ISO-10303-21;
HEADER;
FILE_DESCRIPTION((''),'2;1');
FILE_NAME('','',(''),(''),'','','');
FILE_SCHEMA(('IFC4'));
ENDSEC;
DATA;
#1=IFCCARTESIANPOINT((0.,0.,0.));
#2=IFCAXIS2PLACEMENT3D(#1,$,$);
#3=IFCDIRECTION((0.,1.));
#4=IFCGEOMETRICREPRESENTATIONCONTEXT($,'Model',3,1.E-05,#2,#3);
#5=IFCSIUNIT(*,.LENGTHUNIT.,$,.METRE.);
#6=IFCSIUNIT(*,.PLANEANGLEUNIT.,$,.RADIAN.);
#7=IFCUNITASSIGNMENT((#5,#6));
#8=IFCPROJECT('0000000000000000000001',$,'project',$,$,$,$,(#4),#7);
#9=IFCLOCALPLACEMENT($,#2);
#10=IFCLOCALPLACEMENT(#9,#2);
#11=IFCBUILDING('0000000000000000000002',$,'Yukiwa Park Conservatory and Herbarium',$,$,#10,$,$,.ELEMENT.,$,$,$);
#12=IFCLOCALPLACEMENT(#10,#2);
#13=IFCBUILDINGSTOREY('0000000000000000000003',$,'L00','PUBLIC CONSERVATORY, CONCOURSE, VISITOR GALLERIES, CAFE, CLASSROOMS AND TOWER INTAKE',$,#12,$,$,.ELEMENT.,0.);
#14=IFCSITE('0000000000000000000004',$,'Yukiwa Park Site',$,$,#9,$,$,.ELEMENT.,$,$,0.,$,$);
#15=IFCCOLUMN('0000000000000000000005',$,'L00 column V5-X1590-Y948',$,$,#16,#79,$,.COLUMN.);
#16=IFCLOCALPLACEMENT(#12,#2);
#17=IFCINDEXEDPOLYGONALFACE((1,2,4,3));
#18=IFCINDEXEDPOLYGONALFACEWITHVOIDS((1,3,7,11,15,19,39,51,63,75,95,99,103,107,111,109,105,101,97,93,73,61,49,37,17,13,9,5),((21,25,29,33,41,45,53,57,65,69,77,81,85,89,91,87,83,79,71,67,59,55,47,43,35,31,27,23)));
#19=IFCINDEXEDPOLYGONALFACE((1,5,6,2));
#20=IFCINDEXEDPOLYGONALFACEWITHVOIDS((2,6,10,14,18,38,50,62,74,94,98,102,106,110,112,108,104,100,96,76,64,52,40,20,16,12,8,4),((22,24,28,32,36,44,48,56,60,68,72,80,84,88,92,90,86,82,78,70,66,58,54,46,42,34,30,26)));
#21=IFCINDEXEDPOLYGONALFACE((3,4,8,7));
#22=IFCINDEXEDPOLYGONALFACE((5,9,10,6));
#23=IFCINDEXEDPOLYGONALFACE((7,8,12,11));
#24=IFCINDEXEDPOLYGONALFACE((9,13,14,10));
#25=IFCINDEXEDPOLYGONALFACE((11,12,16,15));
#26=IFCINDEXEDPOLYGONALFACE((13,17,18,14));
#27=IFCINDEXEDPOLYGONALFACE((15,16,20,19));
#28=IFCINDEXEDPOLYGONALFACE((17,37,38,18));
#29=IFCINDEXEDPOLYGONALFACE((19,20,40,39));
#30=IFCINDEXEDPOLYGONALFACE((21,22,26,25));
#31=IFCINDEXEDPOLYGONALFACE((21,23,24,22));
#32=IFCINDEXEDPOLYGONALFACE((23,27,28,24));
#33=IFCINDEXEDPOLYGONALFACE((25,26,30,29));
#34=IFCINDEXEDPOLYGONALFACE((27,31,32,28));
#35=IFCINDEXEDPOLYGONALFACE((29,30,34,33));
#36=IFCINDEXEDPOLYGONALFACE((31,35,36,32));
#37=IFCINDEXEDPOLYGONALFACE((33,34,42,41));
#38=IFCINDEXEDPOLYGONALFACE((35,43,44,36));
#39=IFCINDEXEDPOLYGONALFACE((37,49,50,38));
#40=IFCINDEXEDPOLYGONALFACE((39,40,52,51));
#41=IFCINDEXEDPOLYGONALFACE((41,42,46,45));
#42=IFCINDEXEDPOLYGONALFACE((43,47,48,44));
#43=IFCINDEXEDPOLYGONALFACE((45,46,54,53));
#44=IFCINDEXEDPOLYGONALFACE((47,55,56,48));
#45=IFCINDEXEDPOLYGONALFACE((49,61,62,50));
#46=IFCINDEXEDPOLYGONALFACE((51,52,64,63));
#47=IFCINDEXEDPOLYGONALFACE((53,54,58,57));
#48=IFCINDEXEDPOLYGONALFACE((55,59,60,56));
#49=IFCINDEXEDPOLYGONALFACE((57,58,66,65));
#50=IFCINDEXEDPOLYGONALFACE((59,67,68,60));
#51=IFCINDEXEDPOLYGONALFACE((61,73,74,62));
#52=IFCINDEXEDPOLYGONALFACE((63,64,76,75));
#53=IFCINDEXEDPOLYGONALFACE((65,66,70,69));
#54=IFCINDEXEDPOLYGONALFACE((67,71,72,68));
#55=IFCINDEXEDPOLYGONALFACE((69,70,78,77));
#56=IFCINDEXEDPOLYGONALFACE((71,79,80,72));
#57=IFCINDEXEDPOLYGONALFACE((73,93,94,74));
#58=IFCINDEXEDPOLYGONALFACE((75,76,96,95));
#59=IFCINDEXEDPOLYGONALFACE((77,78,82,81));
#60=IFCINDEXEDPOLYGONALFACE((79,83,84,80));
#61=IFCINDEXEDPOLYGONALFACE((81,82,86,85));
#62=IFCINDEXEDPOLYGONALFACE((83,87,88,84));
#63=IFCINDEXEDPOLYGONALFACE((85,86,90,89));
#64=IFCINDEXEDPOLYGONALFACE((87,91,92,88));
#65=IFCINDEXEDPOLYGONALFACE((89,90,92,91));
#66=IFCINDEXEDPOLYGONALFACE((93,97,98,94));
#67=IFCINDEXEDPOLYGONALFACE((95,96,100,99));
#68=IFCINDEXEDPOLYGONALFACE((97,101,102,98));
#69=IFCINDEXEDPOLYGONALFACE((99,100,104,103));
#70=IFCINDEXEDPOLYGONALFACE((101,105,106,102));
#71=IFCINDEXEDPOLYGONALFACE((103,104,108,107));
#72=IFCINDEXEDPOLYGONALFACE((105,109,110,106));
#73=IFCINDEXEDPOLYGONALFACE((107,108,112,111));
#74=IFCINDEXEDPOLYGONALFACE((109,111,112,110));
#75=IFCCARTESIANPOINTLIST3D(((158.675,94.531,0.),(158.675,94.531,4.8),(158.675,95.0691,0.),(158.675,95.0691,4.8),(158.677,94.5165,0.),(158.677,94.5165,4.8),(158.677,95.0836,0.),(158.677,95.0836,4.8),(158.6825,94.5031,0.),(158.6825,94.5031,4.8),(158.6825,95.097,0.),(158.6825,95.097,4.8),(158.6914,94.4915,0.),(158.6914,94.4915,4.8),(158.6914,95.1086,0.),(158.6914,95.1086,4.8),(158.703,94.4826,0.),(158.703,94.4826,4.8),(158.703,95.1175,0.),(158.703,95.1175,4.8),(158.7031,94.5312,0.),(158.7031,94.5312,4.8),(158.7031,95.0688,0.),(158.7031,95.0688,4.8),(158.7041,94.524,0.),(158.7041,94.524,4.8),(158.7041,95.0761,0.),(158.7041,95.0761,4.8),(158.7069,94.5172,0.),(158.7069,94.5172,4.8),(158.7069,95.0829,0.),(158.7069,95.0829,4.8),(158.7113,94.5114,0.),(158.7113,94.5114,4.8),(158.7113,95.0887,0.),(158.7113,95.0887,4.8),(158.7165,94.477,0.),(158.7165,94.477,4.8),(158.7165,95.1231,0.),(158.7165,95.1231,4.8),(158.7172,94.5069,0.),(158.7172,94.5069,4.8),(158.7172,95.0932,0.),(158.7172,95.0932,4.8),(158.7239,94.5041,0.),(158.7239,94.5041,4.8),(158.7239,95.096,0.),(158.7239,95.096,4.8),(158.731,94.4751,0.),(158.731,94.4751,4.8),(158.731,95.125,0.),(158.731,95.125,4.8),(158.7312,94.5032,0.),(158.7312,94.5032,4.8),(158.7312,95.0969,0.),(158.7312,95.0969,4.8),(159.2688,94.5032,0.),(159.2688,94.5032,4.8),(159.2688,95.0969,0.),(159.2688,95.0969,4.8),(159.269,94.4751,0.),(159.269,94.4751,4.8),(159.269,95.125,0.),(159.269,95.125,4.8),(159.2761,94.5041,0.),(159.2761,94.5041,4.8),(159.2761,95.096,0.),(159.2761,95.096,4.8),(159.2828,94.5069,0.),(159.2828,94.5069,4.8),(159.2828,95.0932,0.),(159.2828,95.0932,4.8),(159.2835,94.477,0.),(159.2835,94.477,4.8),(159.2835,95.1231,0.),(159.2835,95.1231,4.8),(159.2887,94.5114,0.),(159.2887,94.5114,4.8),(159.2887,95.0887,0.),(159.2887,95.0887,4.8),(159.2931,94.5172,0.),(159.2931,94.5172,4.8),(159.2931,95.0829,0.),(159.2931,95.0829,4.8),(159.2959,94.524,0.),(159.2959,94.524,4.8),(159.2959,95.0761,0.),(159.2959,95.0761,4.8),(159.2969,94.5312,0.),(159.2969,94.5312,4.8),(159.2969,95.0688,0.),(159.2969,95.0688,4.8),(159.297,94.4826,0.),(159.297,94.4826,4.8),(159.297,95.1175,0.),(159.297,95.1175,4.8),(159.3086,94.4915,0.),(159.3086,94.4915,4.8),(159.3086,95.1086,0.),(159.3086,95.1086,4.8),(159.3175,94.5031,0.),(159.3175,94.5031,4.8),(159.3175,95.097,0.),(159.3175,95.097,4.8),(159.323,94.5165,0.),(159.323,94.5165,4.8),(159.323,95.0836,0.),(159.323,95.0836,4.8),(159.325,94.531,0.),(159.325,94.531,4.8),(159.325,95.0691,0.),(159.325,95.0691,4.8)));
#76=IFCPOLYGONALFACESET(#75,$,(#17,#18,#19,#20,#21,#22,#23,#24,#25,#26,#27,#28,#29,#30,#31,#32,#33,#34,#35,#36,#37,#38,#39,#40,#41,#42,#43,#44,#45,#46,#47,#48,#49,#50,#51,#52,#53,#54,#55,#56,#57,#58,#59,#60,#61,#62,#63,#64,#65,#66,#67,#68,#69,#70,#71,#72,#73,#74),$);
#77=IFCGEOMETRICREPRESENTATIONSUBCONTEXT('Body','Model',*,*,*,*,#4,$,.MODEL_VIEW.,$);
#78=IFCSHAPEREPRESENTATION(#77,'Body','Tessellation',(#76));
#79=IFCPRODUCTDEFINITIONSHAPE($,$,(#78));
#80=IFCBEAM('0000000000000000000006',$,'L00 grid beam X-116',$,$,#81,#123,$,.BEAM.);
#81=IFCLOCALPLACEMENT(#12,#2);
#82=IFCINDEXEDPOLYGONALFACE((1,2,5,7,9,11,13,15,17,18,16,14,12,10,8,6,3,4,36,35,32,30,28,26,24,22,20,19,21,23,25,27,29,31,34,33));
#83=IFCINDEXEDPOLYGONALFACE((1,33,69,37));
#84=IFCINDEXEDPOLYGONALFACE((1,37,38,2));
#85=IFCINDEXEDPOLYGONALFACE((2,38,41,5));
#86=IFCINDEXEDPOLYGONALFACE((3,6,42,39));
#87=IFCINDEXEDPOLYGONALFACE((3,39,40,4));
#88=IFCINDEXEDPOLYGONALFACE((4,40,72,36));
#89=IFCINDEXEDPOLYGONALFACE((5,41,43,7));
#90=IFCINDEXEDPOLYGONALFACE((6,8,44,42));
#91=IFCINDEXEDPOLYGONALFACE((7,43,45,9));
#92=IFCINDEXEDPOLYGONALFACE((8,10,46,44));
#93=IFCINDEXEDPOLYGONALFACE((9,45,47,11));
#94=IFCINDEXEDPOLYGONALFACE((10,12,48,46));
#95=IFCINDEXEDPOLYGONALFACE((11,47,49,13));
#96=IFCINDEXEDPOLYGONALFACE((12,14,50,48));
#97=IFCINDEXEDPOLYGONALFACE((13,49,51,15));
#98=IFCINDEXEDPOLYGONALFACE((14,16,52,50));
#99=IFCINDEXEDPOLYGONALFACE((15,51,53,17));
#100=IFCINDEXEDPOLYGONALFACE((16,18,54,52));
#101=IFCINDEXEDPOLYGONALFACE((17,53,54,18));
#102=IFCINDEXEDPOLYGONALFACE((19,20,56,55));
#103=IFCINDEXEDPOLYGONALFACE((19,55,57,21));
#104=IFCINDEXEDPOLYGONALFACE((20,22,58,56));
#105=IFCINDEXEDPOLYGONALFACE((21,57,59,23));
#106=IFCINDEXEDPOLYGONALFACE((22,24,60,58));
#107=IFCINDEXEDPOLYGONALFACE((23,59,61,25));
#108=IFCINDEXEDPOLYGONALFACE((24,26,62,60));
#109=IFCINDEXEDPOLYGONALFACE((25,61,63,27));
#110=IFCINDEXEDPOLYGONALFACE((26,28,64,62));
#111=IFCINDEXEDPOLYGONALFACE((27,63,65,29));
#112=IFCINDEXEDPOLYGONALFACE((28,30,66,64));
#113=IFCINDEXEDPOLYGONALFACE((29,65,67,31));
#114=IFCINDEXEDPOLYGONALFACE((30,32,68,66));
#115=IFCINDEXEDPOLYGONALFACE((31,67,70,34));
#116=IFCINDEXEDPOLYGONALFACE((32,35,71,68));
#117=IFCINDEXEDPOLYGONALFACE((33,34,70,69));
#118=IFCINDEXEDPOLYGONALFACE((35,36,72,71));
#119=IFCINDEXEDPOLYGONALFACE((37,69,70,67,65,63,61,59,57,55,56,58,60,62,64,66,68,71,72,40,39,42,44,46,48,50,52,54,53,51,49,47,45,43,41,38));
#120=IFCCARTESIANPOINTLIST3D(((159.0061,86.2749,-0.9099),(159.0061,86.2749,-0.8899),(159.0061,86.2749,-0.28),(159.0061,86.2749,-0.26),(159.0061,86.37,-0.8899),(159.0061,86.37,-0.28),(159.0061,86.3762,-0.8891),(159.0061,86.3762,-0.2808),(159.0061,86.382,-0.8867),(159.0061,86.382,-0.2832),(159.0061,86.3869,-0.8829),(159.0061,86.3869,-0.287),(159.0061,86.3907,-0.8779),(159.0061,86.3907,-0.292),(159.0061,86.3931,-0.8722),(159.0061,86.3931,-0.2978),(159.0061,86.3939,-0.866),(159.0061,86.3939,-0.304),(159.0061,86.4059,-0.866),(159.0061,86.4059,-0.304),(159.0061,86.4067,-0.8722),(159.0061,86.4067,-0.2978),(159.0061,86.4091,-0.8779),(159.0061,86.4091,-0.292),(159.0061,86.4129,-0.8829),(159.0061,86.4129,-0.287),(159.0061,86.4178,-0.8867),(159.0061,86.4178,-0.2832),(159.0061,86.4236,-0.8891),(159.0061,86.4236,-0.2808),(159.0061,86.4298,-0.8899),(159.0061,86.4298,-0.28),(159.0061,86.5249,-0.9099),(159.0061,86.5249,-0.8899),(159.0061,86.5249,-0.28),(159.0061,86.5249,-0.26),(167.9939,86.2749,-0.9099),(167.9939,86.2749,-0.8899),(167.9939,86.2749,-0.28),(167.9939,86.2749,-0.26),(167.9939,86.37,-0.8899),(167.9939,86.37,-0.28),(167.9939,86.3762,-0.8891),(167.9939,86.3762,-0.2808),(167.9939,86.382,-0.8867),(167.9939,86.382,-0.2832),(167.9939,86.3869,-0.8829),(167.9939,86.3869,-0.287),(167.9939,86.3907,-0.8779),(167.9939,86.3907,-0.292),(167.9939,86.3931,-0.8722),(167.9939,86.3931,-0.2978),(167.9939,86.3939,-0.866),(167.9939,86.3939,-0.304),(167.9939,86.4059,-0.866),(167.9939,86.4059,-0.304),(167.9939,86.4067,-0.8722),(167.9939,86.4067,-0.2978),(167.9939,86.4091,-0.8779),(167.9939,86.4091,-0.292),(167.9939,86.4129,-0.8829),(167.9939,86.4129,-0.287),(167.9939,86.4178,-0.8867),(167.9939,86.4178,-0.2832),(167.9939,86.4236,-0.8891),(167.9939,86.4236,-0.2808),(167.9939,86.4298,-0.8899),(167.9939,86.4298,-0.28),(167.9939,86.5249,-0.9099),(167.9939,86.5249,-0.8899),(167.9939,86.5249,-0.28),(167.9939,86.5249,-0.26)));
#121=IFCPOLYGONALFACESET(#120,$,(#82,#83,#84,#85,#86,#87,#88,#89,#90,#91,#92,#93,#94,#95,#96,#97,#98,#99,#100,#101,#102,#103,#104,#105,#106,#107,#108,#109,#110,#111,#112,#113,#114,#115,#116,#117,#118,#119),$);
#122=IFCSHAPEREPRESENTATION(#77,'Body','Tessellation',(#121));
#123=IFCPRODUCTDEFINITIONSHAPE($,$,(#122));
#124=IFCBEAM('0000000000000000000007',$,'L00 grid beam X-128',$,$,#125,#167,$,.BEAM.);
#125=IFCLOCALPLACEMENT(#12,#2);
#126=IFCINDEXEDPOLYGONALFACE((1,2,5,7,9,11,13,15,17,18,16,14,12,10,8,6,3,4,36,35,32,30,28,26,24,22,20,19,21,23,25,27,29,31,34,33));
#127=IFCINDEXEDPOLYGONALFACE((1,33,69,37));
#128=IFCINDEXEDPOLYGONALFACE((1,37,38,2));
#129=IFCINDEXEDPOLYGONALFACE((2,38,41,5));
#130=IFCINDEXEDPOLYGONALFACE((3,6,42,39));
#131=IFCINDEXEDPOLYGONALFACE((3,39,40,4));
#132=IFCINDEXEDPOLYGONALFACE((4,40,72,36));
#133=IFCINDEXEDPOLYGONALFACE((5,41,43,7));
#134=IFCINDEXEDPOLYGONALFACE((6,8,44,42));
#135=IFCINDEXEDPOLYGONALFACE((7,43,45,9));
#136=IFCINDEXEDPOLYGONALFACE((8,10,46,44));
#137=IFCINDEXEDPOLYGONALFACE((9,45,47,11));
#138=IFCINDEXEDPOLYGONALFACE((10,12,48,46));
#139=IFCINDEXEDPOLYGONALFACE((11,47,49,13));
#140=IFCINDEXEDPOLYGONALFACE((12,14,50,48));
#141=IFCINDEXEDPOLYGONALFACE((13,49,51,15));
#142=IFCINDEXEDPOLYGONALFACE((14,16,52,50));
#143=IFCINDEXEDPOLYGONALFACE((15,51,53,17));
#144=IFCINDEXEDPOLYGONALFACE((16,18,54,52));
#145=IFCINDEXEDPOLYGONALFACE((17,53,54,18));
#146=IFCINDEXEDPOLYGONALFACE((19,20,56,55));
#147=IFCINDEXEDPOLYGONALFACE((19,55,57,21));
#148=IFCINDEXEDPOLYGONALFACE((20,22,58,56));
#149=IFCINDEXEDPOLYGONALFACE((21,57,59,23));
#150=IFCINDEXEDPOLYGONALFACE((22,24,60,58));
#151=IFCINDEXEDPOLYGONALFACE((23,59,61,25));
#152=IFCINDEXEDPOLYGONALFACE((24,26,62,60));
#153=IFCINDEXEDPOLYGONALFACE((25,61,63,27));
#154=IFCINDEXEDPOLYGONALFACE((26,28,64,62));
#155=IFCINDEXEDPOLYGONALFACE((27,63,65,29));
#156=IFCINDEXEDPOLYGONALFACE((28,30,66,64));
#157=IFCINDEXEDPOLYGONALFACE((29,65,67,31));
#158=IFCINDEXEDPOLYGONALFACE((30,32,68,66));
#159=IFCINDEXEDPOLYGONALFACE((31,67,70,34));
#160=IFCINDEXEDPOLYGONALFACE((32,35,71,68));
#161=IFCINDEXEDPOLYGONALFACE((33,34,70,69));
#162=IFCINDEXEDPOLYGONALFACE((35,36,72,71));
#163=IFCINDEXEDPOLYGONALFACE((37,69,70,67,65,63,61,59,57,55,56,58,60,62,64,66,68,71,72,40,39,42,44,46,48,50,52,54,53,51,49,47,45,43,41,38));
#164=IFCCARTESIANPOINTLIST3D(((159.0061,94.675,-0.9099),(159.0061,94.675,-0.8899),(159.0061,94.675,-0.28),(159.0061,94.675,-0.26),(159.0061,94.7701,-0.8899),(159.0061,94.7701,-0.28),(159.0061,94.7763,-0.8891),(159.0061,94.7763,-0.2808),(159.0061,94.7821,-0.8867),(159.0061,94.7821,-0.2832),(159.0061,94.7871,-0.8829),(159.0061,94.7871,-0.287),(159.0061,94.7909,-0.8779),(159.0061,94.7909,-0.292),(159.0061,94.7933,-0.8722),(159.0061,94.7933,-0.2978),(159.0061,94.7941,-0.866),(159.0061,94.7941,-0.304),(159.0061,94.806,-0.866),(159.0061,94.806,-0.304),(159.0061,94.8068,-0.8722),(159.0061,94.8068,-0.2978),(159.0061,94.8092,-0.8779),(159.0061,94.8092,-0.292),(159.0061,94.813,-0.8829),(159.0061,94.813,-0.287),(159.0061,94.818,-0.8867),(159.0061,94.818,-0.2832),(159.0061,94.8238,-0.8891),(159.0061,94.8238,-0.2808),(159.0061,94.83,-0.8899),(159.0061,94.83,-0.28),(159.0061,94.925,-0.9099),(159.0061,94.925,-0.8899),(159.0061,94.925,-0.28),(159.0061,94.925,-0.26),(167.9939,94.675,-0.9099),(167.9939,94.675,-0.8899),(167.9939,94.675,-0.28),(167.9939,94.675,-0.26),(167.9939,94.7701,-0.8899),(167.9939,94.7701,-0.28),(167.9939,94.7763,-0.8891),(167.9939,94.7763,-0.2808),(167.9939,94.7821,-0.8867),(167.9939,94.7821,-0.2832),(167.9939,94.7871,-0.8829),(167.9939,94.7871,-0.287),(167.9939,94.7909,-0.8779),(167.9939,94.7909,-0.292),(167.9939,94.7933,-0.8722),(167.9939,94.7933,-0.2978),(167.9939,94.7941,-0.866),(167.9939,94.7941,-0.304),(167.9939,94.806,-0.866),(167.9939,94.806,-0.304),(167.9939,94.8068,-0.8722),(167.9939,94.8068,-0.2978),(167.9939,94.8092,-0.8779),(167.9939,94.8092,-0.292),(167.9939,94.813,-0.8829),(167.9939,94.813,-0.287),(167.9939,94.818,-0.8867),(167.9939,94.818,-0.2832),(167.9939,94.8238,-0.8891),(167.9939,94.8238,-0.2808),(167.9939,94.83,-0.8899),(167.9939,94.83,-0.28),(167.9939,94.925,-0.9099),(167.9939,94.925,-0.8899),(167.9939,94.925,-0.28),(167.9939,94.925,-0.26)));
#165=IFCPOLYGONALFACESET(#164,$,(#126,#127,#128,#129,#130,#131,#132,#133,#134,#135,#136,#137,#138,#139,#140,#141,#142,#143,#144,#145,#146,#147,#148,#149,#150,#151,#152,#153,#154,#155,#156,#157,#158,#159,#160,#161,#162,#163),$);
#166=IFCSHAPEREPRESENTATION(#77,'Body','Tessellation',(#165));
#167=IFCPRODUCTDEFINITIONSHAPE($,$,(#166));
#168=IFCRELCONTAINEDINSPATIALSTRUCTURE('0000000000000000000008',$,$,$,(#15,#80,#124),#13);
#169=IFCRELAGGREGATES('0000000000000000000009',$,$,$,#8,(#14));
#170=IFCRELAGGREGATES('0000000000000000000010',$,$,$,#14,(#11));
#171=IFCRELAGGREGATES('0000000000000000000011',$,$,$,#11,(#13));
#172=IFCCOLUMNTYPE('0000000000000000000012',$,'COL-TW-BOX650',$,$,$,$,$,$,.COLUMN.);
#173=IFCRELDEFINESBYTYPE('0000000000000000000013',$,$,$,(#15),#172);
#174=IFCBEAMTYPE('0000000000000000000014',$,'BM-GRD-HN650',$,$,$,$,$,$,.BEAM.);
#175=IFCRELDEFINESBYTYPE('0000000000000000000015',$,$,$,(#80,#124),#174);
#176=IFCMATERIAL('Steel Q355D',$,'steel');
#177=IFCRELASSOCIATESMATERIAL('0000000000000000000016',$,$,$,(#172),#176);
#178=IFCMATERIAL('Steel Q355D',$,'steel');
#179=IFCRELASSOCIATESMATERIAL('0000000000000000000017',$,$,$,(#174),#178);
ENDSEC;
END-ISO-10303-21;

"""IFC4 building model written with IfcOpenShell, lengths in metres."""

from ifc_helpers import new_model, si_unit, direction, frame, origin, origin_2d, place, context, subcontext, project, spatial, hollow_rectangle, i_section, extrude, material, material_profile, profile_set, type_object, element, save


model = new_model("IFC4")

# Units and contexts
model_context = context("Model", 3, precision=1e-05, world=origin(), true_north=direction((0.0, 1.0)))
body_context = subcontext(model_context, "Body", "Model", "MODEL_VIEW")
ifc_project = project(units=[si_unit("LENGTHUNIT", "METRE"), si_unit("PLANEANGLEUNIT", "RADIAN")], contexts=[model_context])

# Site, building, storey
site_placement = place(None, origin())
site = spatial("IfcSite", under=ifc_project, at=site_placement, Name="Yukiwa Park Site", CompositionType="ELEMENT", RefElevation=0.0)
building_placement = place(site_placement, origin())
building = spatial("IfcBuilding", under=site, at=building_placement, Name="Yukiwa Park Conservatory and Herbarium", CompositionType="ELEMENT")
storey_placement = place(building_placement, origin())
storey = spatial("IfcBuildingStorey", under=building, at=storey_placement, Name="L00", Description="PUBLIC CONSERVATORY, CONCOURSE, VISITOR GALLERIES, CAFE, CLASSROOMS AND TOWER INTAKE", CompositionType="ELEMENT", Elevation=0.0)

# Column
ifc_material_1 = material(Name="Steel Q355D", Category="steel")
ifc_material_profile_1 = material_profile(ifc_material_1, hollow_rectangle(XDim=0.6499, YDim=0.6499, WallThickness=0.0281, InnerFilletRadius=0.0281, OuterFilletRadius=0.0559, at=origin_2d()), Name="BOX 650x650x28")
ifc_profile_set_1 = profile_set([ifc_material_profile_1], Name="Steel Q355D")
column_type_1 = type_object("IfcColumnType", Name="COL-TW-BOX650", PredefinedType="COLUMN", material=ifc_profile_set_1)
column_placement = place(storey_placement, frame((159.0, 94.8, 0.0), z_axis=(0.0, 0.0, 1.0), x_axis=(1.0, 0.0, 0.0)))
element("IfcColumn", 1, at=column_placement, inside=storey, type_object=column_type_1, Name="L00 column V5-X1590-Y948", PredefinedType="COLUMN", context=body_context, shape_type="SweptSolid", body=[
    extrude(hollow_rectangle(XDim=0.6499, YDim=0.6499, WallThickness=0.0281, InnerFilletRadius=0.0281, OuterFilletRadius=0.0559, at=origin_2d()), origin(), (0.0, 0.0, 1.0), 4.8),
])

# Beams
ifc_material_2 = material(Name="Steel Q355D", Category="steel")
ifc_material_profile_2 = material_profile(ifc_material_2, i_section(OverallWidth=0.25, OverallDepth=0.6499, WebThickness=0.012, FlangeThickness=0.02, FilletRadius=0.0239, at=origin_2d()), Name="HN 650x250x12x20")
ifc_profile_set_2 = profile_set([ifc_material_profile_2], Name="Steel Q355D")
beam_type_1 = type_object("IfcBeamType", Name="BM-GRD-HN650", PredefinedType="BEAM", material=ifc_profile_set_2)
for number, where, z_axis, x_axis, name in (
    (2, (159.0061, 86.3999, -0.585), (1.0, 0.0, 0.0), (0.0, 1.0, 0.0), "L00 grid beam X-116"),
    (3, (159.0061, 94.8, -0.585), (1.0, 0.0, 0.0), (0.0, 1.0, 0.0), "L00 grid beam X-128"),
):
    element("IfcBeam", number, at=place(storey_placement, frame(where, z_axis=z_axis, x_axis=x_axis)), inside=storey, type_object=beam_type_1, Name=name, PredefinedType="BEAM", context=body_context, shape_type="SweptSolid", body=[
        extrude(i_section(OverallWidth=0.25, OverallDepth=0.6499, WebThickness=0.012, FlangeThickness=0.02, FilletRadius=0.0239, at=origin_2d()), origin(), (0.0, 0.0, 1.0), 8.9878),
    ])

save(model, "model.ifc")
